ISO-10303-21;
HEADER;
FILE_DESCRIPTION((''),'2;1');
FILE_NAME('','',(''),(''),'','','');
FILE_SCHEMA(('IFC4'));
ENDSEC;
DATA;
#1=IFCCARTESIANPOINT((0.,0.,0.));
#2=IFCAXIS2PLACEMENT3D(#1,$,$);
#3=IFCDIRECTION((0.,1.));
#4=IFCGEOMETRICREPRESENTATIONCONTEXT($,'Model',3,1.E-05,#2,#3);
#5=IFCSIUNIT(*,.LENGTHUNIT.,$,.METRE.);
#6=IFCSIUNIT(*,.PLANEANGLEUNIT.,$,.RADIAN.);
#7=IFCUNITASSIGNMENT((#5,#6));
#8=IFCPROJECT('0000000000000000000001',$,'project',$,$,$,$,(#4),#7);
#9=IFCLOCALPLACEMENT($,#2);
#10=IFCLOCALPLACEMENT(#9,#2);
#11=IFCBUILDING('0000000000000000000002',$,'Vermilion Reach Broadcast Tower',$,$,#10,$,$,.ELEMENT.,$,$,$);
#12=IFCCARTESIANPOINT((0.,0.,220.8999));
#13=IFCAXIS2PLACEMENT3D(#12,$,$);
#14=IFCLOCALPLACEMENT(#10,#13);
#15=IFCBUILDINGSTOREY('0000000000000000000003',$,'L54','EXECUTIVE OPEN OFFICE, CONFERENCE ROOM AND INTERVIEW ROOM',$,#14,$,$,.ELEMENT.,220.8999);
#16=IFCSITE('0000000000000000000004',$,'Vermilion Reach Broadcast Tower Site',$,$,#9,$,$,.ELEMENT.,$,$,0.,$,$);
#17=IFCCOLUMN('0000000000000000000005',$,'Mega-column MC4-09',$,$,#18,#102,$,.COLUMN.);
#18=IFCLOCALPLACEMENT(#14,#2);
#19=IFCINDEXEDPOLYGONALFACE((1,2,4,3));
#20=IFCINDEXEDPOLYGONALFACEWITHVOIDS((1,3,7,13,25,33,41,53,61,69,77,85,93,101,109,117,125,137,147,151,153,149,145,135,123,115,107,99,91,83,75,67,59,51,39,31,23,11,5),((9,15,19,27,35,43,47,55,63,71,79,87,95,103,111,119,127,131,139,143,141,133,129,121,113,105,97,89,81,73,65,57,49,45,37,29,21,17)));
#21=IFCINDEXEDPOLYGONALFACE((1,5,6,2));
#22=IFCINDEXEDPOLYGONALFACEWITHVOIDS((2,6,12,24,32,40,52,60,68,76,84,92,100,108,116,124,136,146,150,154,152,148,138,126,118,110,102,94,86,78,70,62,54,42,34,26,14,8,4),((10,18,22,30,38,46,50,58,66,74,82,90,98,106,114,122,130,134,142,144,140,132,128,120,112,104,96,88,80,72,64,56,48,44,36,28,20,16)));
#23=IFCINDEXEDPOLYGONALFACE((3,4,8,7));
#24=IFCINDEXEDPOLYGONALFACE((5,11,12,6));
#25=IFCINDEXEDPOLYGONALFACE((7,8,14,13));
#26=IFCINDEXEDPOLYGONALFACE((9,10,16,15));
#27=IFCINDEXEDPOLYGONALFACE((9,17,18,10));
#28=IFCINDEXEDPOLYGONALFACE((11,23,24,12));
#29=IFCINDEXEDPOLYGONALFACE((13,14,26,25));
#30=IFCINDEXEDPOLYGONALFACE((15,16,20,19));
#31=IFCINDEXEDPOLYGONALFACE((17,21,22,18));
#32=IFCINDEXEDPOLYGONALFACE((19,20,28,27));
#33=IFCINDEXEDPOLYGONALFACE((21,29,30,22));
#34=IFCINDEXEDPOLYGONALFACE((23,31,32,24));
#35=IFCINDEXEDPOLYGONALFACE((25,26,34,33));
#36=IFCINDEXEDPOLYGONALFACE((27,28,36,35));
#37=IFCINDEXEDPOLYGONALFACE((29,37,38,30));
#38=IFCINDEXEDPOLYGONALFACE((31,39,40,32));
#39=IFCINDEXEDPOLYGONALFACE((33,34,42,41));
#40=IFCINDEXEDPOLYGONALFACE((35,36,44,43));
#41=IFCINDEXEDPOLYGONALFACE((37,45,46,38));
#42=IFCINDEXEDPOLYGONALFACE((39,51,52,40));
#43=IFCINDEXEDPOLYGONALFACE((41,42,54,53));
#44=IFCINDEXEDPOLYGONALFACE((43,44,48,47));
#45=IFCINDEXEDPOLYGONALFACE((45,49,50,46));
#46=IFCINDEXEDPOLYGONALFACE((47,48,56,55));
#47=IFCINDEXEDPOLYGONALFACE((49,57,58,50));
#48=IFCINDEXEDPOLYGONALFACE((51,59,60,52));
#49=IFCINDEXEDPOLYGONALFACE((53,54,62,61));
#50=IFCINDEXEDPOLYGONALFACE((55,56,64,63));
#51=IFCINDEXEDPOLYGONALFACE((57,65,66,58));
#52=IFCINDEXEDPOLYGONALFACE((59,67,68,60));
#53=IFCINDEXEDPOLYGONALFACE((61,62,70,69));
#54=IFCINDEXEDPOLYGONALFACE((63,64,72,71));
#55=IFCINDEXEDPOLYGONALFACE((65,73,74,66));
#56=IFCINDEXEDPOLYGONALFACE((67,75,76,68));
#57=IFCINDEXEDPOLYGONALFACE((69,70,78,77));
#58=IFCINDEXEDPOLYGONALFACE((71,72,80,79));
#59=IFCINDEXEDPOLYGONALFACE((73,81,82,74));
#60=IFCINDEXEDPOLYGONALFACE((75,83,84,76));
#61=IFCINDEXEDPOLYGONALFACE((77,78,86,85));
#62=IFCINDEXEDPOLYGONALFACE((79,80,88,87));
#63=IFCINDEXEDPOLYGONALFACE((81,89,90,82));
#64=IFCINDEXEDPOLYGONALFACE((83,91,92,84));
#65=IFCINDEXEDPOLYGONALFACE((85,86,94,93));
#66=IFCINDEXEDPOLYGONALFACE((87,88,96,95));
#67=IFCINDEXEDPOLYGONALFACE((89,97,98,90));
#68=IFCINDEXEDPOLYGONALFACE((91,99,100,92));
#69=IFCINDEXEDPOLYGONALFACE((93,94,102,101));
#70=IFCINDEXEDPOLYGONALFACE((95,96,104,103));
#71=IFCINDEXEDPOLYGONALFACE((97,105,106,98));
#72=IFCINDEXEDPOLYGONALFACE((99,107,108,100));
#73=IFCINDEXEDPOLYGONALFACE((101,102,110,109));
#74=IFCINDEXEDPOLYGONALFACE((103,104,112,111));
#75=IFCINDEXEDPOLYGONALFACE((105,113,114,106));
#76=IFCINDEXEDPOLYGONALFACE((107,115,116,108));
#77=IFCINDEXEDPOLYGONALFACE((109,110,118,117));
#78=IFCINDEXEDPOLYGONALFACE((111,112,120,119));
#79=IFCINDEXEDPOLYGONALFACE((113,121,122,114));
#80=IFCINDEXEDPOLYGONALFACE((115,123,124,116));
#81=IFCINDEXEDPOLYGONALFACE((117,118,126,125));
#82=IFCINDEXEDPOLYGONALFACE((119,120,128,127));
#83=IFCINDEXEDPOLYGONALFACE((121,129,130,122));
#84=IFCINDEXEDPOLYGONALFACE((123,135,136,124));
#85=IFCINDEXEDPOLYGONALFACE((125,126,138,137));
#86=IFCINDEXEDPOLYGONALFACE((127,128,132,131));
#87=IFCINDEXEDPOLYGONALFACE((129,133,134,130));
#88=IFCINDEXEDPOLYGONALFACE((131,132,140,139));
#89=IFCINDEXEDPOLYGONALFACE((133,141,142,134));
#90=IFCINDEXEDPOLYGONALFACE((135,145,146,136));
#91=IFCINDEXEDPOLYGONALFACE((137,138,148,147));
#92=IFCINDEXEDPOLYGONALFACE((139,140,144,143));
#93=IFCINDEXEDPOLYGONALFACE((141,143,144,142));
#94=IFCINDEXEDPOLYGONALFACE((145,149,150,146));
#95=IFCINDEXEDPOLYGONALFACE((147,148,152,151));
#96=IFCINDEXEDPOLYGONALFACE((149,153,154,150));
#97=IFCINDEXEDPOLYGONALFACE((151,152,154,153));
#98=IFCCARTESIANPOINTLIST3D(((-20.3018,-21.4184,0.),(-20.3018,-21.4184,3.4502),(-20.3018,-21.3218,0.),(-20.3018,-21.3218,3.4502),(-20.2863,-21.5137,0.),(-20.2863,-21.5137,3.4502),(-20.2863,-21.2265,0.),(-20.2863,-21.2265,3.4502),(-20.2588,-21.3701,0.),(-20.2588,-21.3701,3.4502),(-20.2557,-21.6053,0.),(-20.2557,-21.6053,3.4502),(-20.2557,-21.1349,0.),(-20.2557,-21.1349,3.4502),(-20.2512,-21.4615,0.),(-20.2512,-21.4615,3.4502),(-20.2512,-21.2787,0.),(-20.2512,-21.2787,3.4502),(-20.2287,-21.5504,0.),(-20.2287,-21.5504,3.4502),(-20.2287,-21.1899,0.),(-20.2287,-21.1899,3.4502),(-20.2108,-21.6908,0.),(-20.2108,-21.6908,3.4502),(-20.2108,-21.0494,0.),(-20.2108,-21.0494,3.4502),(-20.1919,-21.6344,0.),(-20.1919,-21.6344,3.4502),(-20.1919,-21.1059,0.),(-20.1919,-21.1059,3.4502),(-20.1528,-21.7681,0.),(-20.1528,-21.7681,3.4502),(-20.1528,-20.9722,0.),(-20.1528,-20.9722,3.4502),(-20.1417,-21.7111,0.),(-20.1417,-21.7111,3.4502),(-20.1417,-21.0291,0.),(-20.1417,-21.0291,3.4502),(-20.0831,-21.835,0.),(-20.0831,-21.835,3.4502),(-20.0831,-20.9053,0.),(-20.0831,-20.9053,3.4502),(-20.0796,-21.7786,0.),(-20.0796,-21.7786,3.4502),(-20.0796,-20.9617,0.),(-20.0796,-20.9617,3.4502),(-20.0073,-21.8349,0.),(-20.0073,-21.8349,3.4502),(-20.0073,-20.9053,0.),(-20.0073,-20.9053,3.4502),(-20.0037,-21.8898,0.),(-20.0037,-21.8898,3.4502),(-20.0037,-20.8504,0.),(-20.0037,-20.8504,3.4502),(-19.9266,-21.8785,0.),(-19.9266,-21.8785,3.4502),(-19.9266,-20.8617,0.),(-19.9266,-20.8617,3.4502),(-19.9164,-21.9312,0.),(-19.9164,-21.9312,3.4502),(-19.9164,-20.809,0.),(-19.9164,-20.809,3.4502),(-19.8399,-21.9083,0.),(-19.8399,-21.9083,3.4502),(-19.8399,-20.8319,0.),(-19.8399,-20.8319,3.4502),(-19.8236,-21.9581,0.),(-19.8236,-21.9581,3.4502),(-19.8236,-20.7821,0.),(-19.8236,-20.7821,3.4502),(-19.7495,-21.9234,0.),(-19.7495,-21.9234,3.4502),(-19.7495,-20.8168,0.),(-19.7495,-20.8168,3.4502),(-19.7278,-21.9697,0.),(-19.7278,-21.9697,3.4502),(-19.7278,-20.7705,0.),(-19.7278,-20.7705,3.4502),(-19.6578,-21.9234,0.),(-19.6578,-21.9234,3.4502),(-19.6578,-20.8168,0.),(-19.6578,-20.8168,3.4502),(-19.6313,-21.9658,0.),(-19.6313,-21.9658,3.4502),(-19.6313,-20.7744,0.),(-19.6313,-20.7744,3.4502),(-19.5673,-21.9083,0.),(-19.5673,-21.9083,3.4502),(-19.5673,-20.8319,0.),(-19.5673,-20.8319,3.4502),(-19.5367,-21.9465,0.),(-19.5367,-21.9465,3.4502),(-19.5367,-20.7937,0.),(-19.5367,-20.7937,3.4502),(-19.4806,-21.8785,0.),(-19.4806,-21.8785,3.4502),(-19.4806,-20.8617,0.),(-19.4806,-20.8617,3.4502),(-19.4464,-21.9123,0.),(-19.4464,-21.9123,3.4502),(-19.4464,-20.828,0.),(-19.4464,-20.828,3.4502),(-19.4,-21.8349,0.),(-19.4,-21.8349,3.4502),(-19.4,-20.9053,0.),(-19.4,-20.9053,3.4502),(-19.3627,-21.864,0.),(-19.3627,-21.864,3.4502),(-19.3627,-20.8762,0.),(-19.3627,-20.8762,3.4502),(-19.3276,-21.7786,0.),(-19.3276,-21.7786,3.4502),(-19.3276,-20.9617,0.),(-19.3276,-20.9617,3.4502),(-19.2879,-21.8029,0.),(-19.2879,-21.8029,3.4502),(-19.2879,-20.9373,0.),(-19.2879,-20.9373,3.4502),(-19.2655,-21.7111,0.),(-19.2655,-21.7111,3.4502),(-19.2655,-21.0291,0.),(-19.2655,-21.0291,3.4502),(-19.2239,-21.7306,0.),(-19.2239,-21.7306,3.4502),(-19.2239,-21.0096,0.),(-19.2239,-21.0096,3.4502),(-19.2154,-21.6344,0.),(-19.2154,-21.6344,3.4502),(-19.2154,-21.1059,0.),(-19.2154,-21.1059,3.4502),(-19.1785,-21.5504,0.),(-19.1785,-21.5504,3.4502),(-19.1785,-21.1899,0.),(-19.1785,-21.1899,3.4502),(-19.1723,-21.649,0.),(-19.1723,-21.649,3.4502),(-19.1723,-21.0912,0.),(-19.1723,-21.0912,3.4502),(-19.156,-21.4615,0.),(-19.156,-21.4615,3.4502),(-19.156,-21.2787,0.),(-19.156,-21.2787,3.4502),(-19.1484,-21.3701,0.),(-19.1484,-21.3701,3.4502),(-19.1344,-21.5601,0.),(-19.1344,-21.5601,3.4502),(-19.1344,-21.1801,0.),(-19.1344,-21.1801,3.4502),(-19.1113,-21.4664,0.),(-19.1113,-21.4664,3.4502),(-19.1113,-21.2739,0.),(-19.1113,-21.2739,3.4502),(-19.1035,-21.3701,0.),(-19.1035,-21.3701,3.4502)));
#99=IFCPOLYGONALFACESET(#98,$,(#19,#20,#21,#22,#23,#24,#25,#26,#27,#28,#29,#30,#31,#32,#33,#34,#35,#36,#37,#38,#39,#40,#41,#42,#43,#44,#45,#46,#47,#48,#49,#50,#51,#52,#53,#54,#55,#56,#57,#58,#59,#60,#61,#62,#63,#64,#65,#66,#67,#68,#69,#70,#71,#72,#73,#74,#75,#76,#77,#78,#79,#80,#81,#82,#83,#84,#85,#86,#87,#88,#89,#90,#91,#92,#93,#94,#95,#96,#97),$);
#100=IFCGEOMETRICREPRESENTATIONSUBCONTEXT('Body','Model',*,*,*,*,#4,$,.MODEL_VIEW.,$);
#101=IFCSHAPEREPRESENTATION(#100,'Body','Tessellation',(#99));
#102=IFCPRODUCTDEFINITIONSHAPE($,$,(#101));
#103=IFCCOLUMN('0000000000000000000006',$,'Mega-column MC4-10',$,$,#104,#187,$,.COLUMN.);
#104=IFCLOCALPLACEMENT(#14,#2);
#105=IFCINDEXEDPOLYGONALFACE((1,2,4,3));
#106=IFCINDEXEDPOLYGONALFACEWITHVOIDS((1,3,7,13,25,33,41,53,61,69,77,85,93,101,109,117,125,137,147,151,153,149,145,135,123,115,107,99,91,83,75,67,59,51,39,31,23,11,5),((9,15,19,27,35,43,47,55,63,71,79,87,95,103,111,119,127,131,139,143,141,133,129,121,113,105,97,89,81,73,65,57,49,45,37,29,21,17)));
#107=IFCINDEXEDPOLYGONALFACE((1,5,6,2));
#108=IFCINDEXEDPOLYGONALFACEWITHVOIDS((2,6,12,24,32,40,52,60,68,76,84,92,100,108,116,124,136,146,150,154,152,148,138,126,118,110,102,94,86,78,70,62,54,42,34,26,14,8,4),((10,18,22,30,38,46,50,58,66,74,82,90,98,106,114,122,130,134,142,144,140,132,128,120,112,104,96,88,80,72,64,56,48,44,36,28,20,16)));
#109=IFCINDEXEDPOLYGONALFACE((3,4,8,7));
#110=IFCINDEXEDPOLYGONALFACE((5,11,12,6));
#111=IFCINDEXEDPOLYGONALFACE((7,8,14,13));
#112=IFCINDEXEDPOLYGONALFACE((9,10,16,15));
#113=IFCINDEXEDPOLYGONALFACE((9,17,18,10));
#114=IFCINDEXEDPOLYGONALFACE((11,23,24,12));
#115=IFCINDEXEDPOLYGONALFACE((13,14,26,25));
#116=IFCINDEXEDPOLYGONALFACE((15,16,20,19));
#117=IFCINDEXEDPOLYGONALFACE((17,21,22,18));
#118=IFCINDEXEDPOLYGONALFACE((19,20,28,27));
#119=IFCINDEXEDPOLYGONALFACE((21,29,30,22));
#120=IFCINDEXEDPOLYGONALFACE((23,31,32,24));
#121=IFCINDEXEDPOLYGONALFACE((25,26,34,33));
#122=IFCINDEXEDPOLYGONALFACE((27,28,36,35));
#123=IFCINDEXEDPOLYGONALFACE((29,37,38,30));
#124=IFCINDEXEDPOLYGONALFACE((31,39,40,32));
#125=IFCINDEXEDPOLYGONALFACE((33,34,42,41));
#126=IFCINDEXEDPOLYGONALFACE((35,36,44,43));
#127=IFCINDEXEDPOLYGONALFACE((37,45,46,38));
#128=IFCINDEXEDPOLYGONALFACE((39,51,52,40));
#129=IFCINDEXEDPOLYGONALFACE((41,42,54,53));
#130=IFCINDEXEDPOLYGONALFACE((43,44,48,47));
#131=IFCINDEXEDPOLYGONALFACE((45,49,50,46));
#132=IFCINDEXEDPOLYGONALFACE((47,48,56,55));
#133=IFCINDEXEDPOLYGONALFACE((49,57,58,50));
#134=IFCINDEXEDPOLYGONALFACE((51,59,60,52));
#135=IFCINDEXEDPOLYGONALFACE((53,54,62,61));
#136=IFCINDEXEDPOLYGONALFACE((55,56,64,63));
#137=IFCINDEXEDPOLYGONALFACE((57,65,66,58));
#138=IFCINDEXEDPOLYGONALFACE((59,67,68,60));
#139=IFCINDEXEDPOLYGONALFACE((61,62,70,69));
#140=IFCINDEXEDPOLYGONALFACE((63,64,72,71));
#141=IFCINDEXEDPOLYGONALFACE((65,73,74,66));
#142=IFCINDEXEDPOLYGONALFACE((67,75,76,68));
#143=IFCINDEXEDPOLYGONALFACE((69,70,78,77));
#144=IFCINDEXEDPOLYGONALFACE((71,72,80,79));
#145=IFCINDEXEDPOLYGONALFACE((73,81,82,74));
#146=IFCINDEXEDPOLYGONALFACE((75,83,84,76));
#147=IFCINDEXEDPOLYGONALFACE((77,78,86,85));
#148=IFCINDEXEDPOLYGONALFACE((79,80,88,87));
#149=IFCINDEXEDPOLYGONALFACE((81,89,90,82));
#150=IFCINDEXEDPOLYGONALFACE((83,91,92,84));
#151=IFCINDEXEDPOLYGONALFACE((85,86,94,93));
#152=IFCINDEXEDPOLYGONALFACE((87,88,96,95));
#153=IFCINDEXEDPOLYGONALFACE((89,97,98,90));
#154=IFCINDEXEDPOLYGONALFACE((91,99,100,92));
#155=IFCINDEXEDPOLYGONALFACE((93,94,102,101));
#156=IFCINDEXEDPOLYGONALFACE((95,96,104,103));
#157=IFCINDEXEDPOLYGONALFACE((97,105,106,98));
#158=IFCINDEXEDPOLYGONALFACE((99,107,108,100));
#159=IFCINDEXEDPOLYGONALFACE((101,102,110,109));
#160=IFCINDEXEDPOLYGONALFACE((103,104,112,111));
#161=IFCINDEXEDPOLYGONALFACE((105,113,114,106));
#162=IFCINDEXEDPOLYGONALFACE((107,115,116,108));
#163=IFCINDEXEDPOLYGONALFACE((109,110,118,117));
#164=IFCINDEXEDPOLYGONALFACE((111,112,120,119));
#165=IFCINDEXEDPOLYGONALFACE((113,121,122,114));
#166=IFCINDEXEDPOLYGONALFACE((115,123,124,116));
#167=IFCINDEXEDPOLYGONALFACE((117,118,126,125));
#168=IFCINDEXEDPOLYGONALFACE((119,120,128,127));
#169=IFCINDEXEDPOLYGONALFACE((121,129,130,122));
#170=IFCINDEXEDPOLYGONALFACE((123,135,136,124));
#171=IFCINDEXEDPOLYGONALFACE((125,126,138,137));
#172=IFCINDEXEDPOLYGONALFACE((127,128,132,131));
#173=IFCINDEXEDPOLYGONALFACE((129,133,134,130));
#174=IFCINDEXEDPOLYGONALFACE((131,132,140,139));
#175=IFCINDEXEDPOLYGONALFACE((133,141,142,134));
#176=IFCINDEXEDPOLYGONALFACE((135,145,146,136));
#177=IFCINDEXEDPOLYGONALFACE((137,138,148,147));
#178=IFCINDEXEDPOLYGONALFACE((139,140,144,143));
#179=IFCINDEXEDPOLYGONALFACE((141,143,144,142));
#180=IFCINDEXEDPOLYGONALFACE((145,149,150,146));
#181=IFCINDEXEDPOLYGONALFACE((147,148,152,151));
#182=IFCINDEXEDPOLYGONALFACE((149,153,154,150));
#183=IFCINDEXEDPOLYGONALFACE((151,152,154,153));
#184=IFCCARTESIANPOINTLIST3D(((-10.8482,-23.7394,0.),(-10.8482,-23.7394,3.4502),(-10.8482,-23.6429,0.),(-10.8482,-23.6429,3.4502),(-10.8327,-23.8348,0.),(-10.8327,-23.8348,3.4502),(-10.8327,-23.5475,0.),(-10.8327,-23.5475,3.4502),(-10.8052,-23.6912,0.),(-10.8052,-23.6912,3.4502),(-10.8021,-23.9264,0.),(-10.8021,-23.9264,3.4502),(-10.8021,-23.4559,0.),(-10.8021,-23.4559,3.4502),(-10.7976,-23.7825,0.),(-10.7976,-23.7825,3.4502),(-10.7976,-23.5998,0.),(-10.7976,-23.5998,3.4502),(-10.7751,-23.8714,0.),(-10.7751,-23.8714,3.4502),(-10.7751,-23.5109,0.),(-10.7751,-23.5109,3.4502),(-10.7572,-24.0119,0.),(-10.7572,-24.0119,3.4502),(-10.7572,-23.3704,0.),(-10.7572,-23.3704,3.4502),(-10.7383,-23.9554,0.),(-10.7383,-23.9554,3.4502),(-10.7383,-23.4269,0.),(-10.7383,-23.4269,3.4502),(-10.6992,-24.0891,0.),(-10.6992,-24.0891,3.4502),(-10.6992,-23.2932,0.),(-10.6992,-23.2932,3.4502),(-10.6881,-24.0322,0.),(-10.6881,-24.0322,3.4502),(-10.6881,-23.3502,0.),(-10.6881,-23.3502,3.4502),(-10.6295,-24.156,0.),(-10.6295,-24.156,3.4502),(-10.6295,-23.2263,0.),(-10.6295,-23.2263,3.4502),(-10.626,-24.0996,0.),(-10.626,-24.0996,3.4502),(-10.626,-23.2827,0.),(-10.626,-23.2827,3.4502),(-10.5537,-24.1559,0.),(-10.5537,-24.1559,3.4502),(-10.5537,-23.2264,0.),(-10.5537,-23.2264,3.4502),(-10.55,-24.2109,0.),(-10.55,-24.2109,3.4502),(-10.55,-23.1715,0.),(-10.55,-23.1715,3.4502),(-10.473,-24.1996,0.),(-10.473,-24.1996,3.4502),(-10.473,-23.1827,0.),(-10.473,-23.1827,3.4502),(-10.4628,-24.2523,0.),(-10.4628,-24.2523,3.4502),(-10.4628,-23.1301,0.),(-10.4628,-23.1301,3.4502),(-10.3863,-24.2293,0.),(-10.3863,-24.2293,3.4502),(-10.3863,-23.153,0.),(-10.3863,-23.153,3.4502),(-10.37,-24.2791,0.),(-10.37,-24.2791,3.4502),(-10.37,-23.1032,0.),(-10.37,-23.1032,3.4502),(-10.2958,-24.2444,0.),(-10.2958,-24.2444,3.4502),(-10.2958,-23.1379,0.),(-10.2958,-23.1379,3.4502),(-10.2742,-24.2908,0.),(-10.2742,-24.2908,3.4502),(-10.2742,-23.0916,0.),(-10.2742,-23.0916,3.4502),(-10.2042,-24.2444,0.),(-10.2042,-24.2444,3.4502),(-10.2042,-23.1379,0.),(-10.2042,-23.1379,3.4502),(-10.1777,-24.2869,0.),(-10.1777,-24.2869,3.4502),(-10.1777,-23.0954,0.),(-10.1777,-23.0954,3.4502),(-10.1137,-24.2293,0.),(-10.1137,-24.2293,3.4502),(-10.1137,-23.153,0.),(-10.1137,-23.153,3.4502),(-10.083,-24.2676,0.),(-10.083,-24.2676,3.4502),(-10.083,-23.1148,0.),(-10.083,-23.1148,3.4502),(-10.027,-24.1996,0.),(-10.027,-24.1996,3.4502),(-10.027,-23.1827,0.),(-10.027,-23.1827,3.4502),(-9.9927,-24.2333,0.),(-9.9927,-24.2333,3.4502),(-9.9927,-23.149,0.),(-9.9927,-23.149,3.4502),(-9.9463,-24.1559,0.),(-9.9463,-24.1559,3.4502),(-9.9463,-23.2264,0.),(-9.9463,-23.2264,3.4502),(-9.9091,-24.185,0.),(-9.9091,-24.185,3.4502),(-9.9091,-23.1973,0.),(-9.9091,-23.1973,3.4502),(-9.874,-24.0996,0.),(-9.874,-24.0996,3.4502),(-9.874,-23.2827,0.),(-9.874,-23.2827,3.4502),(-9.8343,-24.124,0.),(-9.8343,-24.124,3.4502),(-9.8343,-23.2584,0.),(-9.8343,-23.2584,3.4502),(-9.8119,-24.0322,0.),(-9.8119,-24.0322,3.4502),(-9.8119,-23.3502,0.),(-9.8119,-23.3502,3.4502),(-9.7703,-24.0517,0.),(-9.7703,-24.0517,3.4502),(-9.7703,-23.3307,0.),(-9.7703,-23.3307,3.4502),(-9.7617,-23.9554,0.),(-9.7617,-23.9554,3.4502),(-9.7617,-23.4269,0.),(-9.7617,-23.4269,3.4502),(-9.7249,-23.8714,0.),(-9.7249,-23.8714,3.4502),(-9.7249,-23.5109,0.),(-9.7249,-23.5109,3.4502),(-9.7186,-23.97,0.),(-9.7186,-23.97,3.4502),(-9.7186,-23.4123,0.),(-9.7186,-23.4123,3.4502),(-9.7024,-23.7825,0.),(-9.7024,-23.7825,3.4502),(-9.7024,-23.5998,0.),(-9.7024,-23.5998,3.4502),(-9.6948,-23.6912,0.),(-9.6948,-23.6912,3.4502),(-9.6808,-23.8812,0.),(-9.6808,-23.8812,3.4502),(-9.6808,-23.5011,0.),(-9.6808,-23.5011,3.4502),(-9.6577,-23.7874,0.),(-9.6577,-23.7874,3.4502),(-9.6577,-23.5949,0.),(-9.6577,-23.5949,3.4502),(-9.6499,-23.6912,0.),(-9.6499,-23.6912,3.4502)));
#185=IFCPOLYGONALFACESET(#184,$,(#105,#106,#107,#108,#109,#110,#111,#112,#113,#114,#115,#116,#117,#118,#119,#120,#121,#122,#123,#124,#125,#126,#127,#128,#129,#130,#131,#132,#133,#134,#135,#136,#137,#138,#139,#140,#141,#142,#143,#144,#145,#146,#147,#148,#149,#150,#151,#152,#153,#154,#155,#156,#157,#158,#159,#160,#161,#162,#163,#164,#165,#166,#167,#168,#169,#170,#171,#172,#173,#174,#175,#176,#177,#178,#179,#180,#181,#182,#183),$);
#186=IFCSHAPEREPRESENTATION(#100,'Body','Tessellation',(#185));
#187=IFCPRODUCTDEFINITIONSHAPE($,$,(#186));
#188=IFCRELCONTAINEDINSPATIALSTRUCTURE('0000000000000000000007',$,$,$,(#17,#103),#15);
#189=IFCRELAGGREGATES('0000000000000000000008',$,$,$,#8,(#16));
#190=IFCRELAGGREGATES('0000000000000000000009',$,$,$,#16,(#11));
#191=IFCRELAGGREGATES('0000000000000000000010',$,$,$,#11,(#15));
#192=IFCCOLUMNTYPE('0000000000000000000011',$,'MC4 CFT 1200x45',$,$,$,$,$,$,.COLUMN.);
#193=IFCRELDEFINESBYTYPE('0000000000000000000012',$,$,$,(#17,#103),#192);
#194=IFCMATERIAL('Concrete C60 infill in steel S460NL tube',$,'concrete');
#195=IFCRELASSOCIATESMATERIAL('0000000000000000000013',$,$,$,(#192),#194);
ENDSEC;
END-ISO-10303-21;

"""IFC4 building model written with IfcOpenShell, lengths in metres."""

from ifc_helpers import new_model, si_unit, direction, frame, origin, origin_2d, place, context, subcontext, project, spatial, hollow_circle, extrude, material, material_profile, profile_set, type_object, element, save


model = new_model("IFC4")

# Units and contexts
model_context = context("Model", 3, precision=1e-05, world=origin(), true_north=direction((0.0, 1.0)))
body_context = subcontext(model_context, "Body", "Model", "MODEL_VIEW")
ifc_project = project(units=[si_unit("LENGTHUNIT", "METRE"), si_unit("PLANEANGLEUNIT", "RADIAN")], contexts=[model_context])

# Site, building, storey
site_placement = place(None, origin())
site = spatial("IfcSite", under=ifc_project, at=site_placement, Name="Vermilion Reach Broadcast Tower Site", CompositionType="ELEMENT", RefElevation=0.0)
building_placement = place(site_placement, origin())
building = spatial("IfcBuilding", under=site, at=building_placement, Name="Vermilion Reach Broadcast Tower", CompositionType="ELEMENT")
storey_placement = place(building_placement, frame((0.0, 0.0, 220.8999)))
storey = spatial("IfcBuildingStorey", under=building, at=storey_placement, Name="L54", Description="EXECUTIVE OPEN OFFICE, CONFERENCE ROOM AND INTERVIEW ROOM", CompositionType="ELEMENT", Elevation=220.8999)

# Columns
ifc_material_1 = material(Name="Concrete C60 infill in steel S460NL tube", Category="concrete")
ifc_material_profile_1 = material_profile(ifc_material_1, hollow_circle(Radius=0.6001, WallThickness=0.0449, at=origin_2d()), Name="Concrete C60 infill in steel S460NL tube CFT 1200x45")
ifc_profile_set_1 = profile_set([ifc_material_profile_1], Name="Concrete C60 infill in steel S460NL tube")
column_type = type_object("IfcColumnType", Name="MC4 CFT 1200x45", PredefinedType="COLUMN", material=ifc_profile_set_1)
for number, where, z_axis, x_axis, name in (
    (1, (-19.7036, -21.3701, 0.0), (0.0, 0.0, 1.0), (1.0, 0.0, 0.0), "Mega-column MC4-09"),
    (2, (-10.25, -23.6912, 0.0), (0.0, 0.0, 1.0), (1.0, 0.0, 0.0), "Mega-column MC4-10"),
):
    element("IfcColumn", number, at=place(storey_placement, frame(where, z_axis=z_axis, x_axis=x_axis)), inside=storey, type_object=column_type, Name=name, PredefinedType="COLUMN", context=body_context, shape_type="SweptSolid", body=[
        extrude(hollow_circle(Radius=0.6001, WallThickness=0.0449, at=origin_2d()), origin(), (0.0, 0.0, 1.0), 3.4502),
    ])

save(model, "model.ifc")
